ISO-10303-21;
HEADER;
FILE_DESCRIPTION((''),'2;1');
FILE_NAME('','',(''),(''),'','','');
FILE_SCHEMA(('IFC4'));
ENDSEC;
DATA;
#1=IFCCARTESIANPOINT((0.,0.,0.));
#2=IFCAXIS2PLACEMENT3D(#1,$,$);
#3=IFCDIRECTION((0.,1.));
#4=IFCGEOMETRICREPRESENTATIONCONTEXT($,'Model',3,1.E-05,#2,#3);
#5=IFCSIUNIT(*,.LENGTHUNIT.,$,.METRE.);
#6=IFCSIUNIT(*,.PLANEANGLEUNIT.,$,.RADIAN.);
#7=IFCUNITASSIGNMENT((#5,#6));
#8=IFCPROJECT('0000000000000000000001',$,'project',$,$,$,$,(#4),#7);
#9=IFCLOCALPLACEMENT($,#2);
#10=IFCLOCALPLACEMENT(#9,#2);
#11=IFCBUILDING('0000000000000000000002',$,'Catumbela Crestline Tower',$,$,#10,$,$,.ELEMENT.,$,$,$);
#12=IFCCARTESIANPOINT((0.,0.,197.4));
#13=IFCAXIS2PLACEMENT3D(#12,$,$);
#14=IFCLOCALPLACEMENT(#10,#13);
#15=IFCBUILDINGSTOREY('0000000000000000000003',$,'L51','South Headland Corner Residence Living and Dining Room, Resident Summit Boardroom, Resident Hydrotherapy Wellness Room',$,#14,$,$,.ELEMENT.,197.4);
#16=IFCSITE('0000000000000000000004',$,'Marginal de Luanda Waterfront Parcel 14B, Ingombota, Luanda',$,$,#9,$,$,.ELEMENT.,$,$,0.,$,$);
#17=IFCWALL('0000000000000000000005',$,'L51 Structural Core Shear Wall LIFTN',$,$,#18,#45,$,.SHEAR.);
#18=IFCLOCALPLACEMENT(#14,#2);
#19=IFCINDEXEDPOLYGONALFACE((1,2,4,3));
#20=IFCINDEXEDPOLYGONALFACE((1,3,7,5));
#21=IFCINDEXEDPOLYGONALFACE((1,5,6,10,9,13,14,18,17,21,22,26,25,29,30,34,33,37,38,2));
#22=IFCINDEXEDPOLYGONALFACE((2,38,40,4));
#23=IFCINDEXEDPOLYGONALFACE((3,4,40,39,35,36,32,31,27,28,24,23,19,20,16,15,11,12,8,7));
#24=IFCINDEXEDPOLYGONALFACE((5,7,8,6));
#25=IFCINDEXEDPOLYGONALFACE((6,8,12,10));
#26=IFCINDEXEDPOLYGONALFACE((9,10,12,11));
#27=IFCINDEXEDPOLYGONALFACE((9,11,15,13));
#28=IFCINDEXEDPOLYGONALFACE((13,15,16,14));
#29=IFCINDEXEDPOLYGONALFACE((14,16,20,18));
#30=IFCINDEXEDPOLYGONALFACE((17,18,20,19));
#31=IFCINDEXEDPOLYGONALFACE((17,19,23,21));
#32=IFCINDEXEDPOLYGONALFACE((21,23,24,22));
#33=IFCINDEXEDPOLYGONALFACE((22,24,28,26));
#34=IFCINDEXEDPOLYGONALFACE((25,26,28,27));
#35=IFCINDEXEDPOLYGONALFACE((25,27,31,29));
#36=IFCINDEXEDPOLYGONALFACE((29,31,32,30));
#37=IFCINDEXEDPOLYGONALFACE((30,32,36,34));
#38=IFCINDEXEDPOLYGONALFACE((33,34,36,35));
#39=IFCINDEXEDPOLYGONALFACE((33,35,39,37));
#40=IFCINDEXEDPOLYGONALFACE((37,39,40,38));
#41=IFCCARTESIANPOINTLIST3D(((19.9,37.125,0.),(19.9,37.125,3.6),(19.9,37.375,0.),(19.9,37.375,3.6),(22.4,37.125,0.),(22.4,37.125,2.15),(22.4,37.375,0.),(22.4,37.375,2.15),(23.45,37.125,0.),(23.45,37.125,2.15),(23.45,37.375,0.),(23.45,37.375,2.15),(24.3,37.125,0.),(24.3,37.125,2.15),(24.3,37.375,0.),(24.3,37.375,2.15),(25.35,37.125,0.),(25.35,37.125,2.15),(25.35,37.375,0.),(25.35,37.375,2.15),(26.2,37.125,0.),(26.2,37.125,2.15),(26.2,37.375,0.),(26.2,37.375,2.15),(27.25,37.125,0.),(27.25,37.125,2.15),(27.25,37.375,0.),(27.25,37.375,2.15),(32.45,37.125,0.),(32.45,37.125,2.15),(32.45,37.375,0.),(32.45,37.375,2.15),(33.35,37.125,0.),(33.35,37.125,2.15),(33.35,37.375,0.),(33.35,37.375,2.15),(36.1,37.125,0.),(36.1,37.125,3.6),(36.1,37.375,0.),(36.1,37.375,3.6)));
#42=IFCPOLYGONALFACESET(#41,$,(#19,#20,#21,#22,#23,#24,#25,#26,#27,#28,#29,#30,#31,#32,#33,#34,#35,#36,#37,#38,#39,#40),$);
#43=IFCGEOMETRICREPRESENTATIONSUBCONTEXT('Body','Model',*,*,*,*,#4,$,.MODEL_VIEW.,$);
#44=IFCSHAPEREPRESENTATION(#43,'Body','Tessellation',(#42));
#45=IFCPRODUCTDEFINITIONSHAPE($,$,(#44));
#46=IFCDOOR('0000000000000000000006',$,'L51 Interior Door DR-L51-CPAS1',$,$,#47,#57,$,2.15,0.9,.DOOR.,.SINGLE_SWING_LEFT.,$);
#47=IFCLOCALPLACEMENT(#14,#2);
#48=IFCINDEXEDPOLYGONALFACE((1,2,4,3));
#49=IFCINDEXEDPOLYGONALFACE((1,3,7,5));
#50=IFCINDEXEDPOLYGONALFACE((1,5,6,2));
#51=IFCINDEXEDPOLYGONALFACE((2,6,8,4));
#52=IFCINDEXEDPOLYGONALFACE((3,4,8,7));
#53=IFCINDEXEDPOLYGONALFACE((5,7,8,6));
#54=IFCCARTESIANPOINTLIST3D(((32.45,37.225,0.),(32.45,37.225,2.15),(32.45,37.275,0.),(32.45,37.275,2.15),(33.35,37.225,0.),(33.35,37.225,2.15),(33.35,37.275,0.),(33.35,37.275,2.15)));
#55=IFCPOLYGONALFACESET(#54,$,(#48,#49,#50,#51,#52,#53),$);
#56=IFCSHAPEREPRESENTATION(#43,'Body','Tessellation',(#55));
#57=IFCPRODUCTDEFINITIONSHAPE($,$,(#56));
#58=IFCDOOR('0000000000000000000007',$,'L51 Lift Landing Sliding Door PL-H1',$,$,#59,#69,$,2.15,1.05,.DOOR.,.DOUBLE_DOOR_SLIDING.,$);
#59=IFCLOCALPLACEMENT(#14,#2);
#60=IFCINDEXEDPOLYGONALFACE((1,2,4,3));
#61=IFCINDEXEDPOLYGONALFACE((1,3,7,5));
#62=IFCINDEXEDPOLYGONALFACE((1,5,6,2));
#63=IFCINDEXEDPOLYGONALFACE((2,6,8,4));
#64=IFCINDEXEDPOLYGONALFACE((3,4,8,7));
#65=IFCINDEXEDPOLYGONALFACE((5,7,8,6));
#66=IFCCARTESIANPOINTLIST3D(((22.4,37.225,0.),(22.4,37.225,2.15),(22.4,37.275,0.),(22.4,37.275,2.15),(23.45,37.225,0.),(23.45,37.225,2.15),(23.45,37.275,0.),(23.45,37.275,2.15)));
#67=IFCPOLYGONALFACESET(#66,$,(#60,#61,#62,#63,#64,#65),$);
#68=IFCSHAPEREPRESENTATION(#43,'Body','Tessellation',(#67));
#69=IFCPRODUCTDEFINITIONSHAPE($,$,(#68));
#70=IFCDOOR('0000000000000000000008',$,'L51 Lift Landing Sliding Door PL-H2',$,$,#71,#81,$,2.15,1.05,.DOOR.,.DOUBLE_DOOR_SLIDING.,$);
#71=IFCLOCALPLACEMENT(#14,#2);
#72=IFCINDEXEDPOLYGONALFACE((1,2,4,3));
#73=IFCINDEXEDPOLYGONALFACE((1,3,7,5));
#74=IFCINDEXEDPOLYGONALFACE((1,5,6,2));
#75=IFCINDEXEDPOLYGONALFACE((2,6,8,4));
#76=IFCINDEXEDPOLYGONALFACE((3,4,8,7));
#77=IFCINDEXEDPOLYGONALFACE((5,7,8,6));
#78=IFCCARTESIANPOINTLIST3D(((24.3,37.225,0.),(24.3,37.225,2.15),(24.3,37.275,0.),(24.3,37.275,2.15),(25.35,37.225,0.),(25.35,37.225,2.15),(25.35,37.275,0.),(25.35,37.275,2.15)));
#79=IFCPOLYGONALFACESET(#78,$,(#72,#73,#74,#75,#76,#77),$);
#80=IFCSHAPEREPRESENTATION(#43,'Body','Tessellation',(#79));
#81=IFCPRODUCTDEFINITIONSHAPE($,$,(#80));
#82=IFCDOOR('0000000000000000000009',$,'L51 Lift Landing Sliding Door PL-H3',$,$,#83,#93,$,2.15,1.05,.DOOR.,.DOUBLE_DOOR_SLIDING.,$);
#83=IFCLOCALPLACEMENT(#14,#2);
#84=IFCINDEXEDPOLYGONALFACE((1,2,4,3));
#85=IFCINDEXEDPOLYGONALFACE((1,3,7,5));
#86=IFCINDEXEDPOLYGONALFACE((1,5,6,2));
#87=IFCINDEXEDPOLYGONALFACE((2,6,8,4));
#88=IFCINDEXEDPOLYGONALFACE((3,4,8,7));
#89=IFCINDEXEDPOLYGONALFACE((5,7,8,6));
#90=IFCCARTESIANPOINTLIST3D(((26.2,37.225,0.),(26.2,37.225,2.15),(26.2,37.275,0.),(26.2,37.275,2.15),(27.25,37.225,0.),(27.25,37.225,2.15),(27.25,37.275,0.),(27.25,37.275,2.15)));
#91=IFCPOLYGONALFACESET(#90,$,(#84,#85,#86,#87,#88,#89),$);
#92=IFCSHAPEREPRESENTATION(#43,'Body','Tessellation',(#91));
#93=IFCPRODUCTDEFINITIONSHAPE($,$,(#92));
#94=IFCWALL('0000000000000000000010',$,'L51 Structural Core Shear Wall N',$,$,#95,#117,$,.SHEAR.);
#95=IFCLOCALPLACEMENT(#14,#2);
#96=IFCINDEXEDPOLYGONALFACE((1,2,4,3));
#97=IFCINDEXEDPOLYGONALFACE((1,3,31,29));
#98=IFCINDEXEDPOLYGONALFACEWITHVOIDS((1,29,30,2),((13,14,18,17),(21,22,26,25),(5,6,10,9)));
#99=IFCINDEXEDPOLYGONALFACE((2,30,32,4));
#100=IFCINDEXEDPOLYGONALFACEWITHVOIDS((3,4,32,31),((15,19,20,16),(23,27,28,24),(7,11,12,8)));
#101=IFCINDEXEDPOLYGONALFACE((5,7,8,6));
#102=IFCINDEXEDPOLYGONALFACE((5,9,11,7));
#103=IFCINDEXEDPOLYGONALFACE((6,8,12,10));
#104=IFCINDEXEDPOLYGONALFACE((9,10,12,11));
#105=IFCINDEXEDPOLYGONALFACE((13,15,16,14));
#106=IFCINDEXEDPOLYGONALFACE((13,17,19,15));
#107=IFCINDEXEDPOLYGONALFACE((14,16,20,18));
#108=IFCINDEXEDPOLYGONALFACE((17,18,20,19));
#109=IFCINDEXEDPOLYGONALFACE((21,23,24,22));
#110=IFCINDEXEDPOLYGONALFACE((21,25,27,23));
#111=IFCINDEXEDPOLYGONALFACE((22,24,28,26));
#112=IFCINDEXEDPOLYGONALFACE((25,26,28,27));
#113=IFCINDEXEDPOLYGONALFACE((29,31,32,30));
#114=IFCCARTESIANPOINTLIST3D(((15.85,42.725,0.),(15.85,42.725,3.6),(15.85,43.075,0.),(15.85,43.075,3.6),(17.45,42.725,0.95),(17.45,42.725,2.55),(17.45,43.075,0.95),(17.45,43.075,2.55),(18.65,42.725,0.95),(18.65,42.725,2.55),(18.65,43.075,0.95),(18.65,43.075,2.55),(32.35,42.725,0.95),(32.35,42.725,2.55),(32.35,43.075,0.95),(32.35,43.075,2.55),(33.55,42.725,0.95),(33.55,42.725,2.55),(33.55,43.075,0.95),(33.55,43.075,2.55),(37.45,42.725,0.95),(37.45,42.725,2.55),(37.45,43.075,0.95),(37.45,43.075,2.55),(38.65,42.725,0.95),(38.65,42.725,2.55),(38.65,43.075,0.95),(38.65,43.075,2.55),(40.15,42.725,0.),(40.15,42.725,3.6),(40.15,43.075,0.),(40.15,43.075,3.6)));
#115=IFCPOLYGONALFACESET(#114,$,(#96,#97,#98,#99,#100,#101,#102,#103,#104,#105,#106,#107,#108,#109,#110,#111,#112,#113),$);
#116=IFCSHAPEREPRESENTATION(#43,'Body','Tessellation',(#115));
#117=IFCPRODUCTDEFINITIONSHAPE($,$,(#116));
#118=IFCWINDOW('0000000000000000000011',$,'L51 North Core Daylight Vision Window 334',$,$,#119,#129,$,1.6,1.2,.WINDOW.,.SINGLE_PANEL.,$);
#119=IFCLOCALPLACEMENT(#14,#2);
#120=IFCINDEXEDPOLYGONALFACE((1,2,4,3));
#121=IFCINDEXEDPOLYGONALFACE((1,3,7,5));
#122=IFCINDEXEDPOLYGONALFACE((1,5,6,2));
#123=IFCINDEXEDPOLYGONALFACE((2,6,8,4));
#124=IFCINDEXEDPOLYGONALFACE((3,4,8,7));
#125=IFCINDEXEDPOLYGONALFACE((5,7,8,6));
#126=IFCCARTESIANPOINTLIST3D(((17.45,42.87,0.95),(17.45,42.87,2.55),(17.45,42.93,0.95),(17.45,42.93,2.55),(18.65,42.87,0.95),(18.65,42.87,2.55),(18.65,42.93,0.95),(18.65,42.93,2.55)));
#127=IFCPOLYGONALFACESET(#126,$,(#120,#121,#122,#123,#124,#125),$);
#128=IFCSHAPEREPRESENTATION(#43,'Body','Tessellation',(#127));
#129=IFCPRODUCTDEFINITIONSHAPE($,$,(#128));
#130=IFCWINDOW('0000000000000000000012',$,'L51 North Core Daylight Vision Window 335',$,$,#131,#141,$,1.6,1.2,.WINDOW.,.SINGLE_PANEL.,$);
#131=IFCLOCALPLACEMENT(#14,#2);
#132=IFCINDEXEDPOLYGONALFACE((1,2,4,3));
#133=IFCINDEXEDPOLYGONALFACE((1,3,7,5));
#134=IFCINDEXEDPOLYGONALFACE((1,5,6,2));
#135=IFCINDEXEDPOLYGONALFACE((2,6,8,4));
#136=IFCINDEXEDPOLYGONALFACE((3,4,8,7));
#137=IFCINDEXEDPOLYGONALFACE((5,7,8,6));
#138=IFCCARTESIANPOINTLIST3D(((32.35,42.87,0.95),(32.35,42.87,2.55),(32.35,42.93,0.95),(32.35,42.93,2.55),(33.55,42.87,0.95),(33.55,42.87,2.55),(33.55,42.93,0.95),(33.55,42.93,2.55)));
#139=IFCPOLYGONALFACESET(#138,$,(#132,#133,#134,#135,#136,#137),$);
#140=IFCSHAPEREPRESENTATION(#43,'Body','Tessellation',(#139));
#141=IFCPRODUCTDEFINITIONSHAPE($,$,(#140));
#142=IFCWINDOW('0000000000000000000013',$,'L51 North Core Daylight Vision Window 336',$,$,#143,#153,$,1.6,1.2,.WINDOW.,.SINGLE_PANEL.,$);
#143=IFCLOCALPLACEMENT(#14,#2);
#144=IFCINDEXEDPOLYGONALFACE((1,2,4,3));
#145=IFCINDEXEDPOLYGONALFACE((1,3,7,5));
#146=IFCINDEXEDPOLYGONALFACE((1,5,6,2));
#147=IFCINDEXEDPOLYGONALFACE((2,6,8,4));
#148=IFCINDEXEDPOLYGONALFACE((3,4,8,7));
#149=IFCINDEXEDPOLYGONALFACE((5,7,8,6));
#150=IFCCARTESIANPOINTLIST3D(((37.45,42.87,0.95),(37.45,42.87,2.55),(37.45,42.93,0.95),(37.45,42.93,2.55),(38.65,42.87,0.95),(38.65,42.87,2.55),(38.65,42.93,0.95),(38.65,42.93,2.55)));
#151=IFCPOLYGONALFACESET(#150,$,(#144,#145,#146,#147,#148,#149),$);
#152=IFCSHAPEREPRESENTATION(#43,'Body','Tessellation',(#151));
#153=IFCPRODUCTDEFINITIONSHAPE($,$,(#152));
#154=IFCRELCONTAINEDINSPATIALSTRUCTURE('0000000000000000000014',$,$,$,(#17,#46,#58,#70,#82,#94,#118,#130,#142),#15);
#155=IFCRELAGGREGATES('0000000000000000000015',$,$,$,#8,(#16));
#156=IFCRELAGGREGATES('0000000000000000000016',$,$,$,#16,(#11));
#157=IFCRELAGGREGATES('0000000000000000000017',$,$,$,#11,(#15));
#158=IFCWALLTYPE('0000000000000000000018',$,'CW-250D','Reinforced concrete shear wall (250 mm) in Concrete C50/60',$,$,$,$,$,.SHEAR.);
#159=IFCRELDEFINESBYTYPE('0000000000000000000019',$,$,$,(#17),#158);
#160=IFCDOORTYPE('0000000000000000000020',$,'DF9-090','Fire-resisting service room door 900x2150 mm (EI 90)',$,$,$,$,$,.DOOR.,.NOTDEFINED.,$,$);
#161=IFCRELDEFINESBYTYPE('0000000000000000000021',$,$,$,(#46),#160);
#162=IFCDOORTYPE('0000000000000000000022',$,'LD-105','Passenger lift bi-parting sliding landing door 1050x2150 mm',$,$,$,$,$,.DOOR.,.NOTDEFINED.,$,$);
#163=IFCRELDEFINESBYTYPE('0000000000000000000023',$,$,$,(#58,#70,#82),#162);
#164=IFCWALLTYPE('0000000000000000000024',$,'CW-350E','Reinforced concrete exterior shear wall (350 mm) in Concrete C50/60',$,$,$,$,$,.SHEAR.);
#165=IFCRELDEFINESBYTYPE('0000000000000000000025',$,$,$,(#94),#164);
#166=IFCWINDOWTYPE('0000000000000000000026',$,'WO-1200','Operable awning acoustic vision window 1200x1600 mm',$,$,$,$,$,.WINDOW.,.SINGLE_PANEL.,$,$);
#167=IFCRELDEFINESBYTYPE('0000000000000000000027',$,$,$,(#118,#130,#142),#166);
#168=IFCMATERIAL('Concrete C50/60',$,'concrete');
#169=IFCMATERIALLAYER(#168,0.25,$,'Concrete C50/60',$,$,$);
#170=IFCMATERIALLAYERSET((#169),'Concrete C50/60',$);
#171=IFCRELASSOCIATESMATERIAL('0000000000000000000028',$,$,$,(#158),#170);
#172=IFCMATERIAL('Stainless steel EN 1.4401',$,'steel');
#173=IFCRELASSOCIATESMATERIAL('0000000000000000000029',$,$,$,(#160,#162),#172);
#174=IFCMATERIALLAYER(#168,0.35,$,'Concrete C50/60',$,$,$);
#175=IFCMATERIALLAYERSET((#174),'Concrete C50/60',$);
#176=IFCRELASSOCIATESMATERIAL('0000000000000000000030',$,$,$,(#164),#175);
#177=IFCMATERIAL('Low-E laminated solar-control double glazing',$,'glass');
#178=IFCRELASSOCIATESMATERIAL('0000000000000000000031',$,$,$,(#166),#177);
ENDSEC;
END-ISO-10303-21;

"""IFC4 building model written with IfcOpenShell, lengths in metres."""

from ifc_helpers import new_model, si_unit, direction, frame, frame_2d, origin, place, context, subcontext, project, spatial, rectangle, extrude, material, layer, layer_set, type_object, element, fill, save


model = new_model("IFC4")

# Units and contexts
model_context = context("Model", 3, precision=1e-05, world=origin(), true_north=direction((0.0, 1.0)))
body_context = subcontext(model_context, "Body", "Model", "MODEL_VIEW")
ifc_project = project(units=[si_unit("LENGTHUNIT", "METRE"), si_unit("PLANEANGLEUNIT", "RADIAN")], contexts=[model_context])

# Site, building, storey
site_placement = place(None, origin())
site = spatial("IfcSite", under=ifc_project, at=site_placement, Name="Marginal de Luanda Waterfront Parcel 14B, Ingombota, Luanda", CompositionType="ELEMENT", RefElevation=0.0)
building_placement = place(site_placement, origin())
building = spatial("IfcBuilding", under=site, at=building_placement, Name="Catumbela Crestline Tower", CompositionType="ELEMENT")
storey_placement = place(building_placement, frame((0.0, 0.0, 197.4)))
storey = spatial("IfcBuildingStorey", under=building, at=storey_placement, Name="L51", Description="South Headland Corner Residence Living and Dining Room, Resident Summit Boardroom, Resident Hydrotherapy Wellness Room", CompositionType="ELEMENT", Elevation=197.4)

# Shared definitions
ifc_material_1 = material(Name="Low-E laminated solar-control double glazing", Category="glass")

# Shared definitions
ifc_material_2 = material(Name="Concrete C50/60", Category="concrete")
ifc_layer_1 = layer(ifc_material_2, 0.25, Name="Concrete C50/60")
ifc_layer_set_1 = layer_set([ifc_layer_1], Name="Concrete C50/60")
wall_type_1 = type_object("IfcWallType", Name="CW-250D", Description="Reinforced concrete shear wall (250 mm) in Concrete C50/60", PredefinedType="SHEAR", material=ifc_layer_set_1)

# Wall, openings, doors
ifc_material_3 = material(Name="Stainless steel EN 1.4401", Category="steel")
wall_1_placement = place(storey_placement, frame((19.9, 37.25, 0.0), z_axis=(0.0, 0.0, 1.0), x_axis=(1.0, 0.0, 0.0)))
wall_1 = element("IfcWall", 1, at=wall_1_placement, inside=storey, type_object=wall_type_1, Name="L51 Structural Core Shear Wall LIFTN", PredefinedType="SHEAR", context=body_context, shape_type="SweptSolid", body=[
    extrude(rectangle(XDim=16.2, YDim=0.25, at=frame_2d((8.1, 0.0))), origin(), (0.0, 0.0, 1.0), 3.6),
])
opening_1_placement = place(wall_1_placement, frame((12.55, 0.0, 0.0)))
opening_1 = element("IfcOpeningElement", 2, at=opening_1_placement, cuts=wall_1, PredefinedType="OPENING", context=body_context, shape_type="SweptSolid", body=[
    extrude(rectangle(XDim=0.9, YDim=2.15, at=frame_2d((0.45, 1.075))), frame((0.0, 0.135, 0.0), z_axis=(0.0, -1.0, 0.0), x_axis=(1.0, 0.0, 0.0)), (0.0, 0.0, 1.0), 0.27),
])
opening_2_placement = place(wall_1_placement, frame((2.5, 0.0, 0.0)))
opening_2 = element("IfcOpeningElement", 3, at=opening_2_placement, cuts=wall_1, PredefinedType="OPENING", context=body_context, shape_type="SweptSolid", body=[
    extrude(rectangle(XDim=1.05, YDim=2.15, at=frame_2d((0.525, 1.075))), frame((0.0, 0.135, 0.0), z_axis=(0.0, -1.0, 0.0), x_axis=(1.0, 0.0, 0.0)), (0.0, 0.0, 1.0), 0.27),
])
opening_3_placement = place(wall_1_placement, frame((4.4, 0.0, 0.0)))
opening_3 = element("IfcOpeningElement", 4, at=opening_3_placement, cuts=wall_1, PredefinedType="OPENING", context=body_context, shape_type="SweptSolid", body=[
    extrude(rectangle(XDim=1.05, YDim=2.15, at=frame_2d((0.525, 1.075))), frame((0.0, 0.135, 0.0), z_axis=(0.0, -1.0, 0.0), x_axis=(1.0, 0.0, 0.0)), (0.0, 0.0, 1.0), 0.27),
])
opening_4_placement = place(wall_1_placement, frame((6.3, 0.0, 0.0)))
opening_4 = element("IfcOpeningElement", 5, at=opening_4_placement, cuts=wall_1, PredefinedType="OPENING", context=body_context, shape_type="SweptSolid", body=[
    extrude(rectangle(XDim=1.05, YDim=2.15, at=frame_2d((0.525, 1.075))), frame((0.0, 0.135, 0.0), z_axis=(0.0, -1.0, 0.0), x_axis=(1.0, 0.0, 0.0)), (0.0, 0.0, 1.0), 0.27),
])
door_type_1 = type_object("IfcDoorType", Name="DF9-090", Description="Fire-resisting service room door 900x2150 mm (EI 90)", OperationType="NOTDEFINED", PredefinedType="DOOR", material=ifc_material_3)
door_1_placement = place(opening_1_placement, origin())
door_1 = element("IfcDoor", 6, at=door_1_placement, inside=storey, type_object=door_type_1, Name="L51 Interior Door DR-L51-CPAS1", OperationType="SINGLE_SWING_LEFT", OverallHeight=2.15, OverallWidth=0.9, PredefinedType="DOOR", context=body_context, shape_type="SweptSolid", body=[
    extrude(rectangle(XDim=0.9, YDim=2.15, at=frame_2d((0.45, 1.075))), frame((0.0, 0.025, 0.0), z_axis=(0.0, -1.0, 0.0), x_axis=(1.0, 0.0, 0.0)), (0.0, 0.0, 1.0), 0.05),
])
fill(opening_1, door_1)
door_type_2 = type_object("IfcDoorType", Name="LD-105", Description="Passenger lift bi-parting sliding landing door 1050x2150 mm", OperationType="NOTDEFINED", PredefinedType="DOOR", material=ifc_material_3)
door_2_placement = place(opening_2_placement, origin())
door_2 = element("IfcDoor", 7, at=door_2_placement, inside=storey, type_object=door_type_2, Name="L51 Lift Landing Sliding Door PL-H1", OperationType="DOUBLE_DOOR_SLIDING", OverallHeight=2.15, OverallWidth=1.05, PredefinedType="DOOR", context=body_context, shape_type="SweptSolid", body=[
    extrude(rectangle(XDim=1.05, YDim=2.15, at=frame_2d((0.525, 1.075))), frame((0.0, 0.025, 0.0), z_axis=(0.0, -1.0, 0.0), x_axis=(1.0, 0.0, 0.0)), (0.0, 0.0, 1.0), 0.05),
])
fill(opening_2, door_2)
door_3_placement = place(opening_3_placement, origin())
door_3 = element("IfcDoor", 8, at=door_3_placement, inside=storey, type_object=door_type_2, Name="L51 Lift Landing Sliding Door PL-H2", OperationType="DOUBLE_DOOR_SLIDING", OverallHeight=2.15, OverallWidth=1.05, PredefinedType="DOOR", context=body_context, shape_type="SweptSolid", body=[
    extrude(rectangle(XDim=1.05, YDim=2.15, at=frame_2d((0.525, 1.075))), frame((0.0, 0.025, 0.0), z_axis=(0.0, -1.0, 0.0), x_axis=(1.0, 0.0, 0.0)), (0.0, 0.0, 1.0), 0.05),
])
fill(opening_3, door_3)
door_4_placement = place(opening_4_placement, origin())
door_4 = element("IfcDoor", 9, at=door_4_placement, inside=storey, type_object=door_type_2, Name="L51 Lift Landing Sliding Door PL-H3", OperationType="DOUBLE_DOOR_SLIDING", OverallHeight=2.15, OverallWidth=1.05, PredefinedType="DOOR", context=body_context, shape_type="SweptSolid", body=[
    extrude(rectangle(XDim=1.05, YDim=2.15, at=frame_2d((0.525, 1.075))), frame((0.0, 0.025, 0.0), z_axis=(0.0, -1.0, 0.0), x_axis=(1.0, 0.0, 0.0)), (0.0, 0.0, 1.0), 0.05),
])
fill(opening_4, door_4)

# Wall, openings, windows
ifc_layer_2 = layer(ifc_material_2, 0.35, Name="Concrete C50/60")
ifc_layer_set_2 = layer_set([ifc_layer_2], Name="Concrete C50/60")
wall_type_2 = type_object("IfcWallType", Name="CW-350E", Description="Reinforced concrete exterior shear wall (350 mm) in Concrete C50/60", PredefinedType="SHEAR", material=ifc_layer_set_2)
wall_2_placement = place(storey_placement, frame((15.85, 42.9, 0.0), z_axis=(0.0, 0.0, 1.0), x_axis=(1.0, 0.0, 0.0)))
wall_2 = element("IfcWall", 10, at=wall_2_placement, inside=storey, type_object=wall_type_2, Name="L51 Structural Core Shear Wall N", PredefinedType="SHEAR", context=body_context, shape_type="SweptSolid", body=[
    extrude(rectangle(XDim=24.3, YDim=0.35, at=frame_2d((12.15, 0.0))), origin(), (0.0, 0.0, 1.0), 3.6),
])
opening_5_placement = place(wall_2_placement, frame((1.6, 0.0, 0.95)))
opening_5 = element("IfcOpeningElement", 11, at=opening_5_placement, cuts=wall_2, PredefinedType="OPENING", context=body_context, shape_type="SweptSolid", body=[
    extrude(rectangle(XDim=1.2, YDim=1.6, at=frame_2d((0.6, 0.8))), frame((0.0, 0.185, 0.0), z_axis=(0.0, -1.0, 0.0), x_axis=(1.0, 0.0, 0.0)), (0.0, 0.0, 1.0), 0.37),
])
opening_6_placement = place(wall_2_placement, frame((16.5, 0.0, 0.95)))
opening_6 = element("IfcOpeningElement", 12, at=opening_6_placement, cuts=wall_2, PredefinedType="OPENING", context=body_context, shape_type="SweptSolid", body=[
    extrude(rectangle(XDim=1.2, YDim=1.6, at=frame_2d((0.6, 0.8))), frame((0.0, 0.185, 0.0), z_axis=(0.0, -1.0, 0.0), x_axis=(1.0, 0.0, 0.0)), (0.0, 0.0, 1.0), 0.37),
])
opening_7_placement = place(wall_2_placement, frame((21.6, 0.0, 0.95)))
opening_7 = element("IfcOpeningElement", 13, at=opening_7_placement, cuts=wall_2, PredefinedType="OPENING", context=body_context, shape_type="SweptSolid", body=[
    extrude(rectangle(XDim=1.2, YDim=1.6, at=frame_2d((0.6, 0.8))), frame((0.0, 0.185, 0.0), z_axis=(0.0, -1.0, 0.0), x_axis=(1.0, 0.0, 0.0)), (0.0, 0.0, 1.0), 0.37),
])
window_type = type_object("IfcWindowType", Name="WO-1200", Description="Operable awning acoustic vision window 1200x1600 mm", PartitioningType="SINGLE_PANEL", PredefinedType="WINDOW", material=ifc_material_1)
window_1_placement = place(opening_5_placement, origin())
window_1 = element("IfcWindow", 14, at=window_1_placement, inside=storey, type_object=window_type, Name="L51 North Core Daylight Vision Window 334", OverallHeight=1.6, OverallWidth=1.2, PartitioningType="SINGLE_PANEL", PredefinedType="WINDOW", context=body_context, shape_type="SweptSolid", body=[
    extrude(rectangle(XDim=1.2, YDim=1.6, at=frame_2d((0.6, 0.8))), frame((0.0, 0.03, 0.0), z_axis=(0.0, -1.0, 0.0), x_axis=(1.0, 0.0, 0.0)), (0.0, 0.0, 1.0), 0.06),
])
fill(opening_5, window_1)
window_2_placement = place(opening_6_placement, origin())
window_2 = element("IfcWindow", 15, at=window_2_placement, inside=storey, type_object=window_type, Name="L51 North Core Daylight Vision Window 335", OverallHeight=1.6, OverallWidth=1.2, PartitioningType="SINGLE_PANEL", PredefinedType="WINDOW", context=body_context, shape_type="SweptSolid", body=[
    extrude(rectangle(XDim=1.2, YDim=1.6, at=frame_2d((0.6, 0.8))), frame((0.0, 0.03, 0.0), z_axis=(0.0, -1.0, 0.0), x_axis=(1.0, 0.0, 0.0)), (0.0, 0.0, 1.0), 0.06),
])
fill(opening_6, window_2)
window_3_placement = place(opening_7_placement, origin())
window_3 = element("IfcWindow", 16, at=window_3_placement, inside=storey, type_object=window_type, Name="L51 North Core Daylight Vision Window 336", OverallHeight=1.6, OverallWidth=1.2, PartitioningType="SINGLE_PANEL", PredefinedType="WINDOW", context=body_context, shape_type="SweptSolid", body=[
    extrude(rectangle(XDim=1.2, YDim=1.6, at=frame_2d((0.6, 0.8))), frame((0.0, 0.03, 0.0), z_axis=(0.0, -1.0, 0.0), x_axis=(1.0, 0.0, 0.0)), (0.0, 0.0, 1.0), 0.06),
])
fill(opening_7, window_3)

save(model, "model.ifc")
